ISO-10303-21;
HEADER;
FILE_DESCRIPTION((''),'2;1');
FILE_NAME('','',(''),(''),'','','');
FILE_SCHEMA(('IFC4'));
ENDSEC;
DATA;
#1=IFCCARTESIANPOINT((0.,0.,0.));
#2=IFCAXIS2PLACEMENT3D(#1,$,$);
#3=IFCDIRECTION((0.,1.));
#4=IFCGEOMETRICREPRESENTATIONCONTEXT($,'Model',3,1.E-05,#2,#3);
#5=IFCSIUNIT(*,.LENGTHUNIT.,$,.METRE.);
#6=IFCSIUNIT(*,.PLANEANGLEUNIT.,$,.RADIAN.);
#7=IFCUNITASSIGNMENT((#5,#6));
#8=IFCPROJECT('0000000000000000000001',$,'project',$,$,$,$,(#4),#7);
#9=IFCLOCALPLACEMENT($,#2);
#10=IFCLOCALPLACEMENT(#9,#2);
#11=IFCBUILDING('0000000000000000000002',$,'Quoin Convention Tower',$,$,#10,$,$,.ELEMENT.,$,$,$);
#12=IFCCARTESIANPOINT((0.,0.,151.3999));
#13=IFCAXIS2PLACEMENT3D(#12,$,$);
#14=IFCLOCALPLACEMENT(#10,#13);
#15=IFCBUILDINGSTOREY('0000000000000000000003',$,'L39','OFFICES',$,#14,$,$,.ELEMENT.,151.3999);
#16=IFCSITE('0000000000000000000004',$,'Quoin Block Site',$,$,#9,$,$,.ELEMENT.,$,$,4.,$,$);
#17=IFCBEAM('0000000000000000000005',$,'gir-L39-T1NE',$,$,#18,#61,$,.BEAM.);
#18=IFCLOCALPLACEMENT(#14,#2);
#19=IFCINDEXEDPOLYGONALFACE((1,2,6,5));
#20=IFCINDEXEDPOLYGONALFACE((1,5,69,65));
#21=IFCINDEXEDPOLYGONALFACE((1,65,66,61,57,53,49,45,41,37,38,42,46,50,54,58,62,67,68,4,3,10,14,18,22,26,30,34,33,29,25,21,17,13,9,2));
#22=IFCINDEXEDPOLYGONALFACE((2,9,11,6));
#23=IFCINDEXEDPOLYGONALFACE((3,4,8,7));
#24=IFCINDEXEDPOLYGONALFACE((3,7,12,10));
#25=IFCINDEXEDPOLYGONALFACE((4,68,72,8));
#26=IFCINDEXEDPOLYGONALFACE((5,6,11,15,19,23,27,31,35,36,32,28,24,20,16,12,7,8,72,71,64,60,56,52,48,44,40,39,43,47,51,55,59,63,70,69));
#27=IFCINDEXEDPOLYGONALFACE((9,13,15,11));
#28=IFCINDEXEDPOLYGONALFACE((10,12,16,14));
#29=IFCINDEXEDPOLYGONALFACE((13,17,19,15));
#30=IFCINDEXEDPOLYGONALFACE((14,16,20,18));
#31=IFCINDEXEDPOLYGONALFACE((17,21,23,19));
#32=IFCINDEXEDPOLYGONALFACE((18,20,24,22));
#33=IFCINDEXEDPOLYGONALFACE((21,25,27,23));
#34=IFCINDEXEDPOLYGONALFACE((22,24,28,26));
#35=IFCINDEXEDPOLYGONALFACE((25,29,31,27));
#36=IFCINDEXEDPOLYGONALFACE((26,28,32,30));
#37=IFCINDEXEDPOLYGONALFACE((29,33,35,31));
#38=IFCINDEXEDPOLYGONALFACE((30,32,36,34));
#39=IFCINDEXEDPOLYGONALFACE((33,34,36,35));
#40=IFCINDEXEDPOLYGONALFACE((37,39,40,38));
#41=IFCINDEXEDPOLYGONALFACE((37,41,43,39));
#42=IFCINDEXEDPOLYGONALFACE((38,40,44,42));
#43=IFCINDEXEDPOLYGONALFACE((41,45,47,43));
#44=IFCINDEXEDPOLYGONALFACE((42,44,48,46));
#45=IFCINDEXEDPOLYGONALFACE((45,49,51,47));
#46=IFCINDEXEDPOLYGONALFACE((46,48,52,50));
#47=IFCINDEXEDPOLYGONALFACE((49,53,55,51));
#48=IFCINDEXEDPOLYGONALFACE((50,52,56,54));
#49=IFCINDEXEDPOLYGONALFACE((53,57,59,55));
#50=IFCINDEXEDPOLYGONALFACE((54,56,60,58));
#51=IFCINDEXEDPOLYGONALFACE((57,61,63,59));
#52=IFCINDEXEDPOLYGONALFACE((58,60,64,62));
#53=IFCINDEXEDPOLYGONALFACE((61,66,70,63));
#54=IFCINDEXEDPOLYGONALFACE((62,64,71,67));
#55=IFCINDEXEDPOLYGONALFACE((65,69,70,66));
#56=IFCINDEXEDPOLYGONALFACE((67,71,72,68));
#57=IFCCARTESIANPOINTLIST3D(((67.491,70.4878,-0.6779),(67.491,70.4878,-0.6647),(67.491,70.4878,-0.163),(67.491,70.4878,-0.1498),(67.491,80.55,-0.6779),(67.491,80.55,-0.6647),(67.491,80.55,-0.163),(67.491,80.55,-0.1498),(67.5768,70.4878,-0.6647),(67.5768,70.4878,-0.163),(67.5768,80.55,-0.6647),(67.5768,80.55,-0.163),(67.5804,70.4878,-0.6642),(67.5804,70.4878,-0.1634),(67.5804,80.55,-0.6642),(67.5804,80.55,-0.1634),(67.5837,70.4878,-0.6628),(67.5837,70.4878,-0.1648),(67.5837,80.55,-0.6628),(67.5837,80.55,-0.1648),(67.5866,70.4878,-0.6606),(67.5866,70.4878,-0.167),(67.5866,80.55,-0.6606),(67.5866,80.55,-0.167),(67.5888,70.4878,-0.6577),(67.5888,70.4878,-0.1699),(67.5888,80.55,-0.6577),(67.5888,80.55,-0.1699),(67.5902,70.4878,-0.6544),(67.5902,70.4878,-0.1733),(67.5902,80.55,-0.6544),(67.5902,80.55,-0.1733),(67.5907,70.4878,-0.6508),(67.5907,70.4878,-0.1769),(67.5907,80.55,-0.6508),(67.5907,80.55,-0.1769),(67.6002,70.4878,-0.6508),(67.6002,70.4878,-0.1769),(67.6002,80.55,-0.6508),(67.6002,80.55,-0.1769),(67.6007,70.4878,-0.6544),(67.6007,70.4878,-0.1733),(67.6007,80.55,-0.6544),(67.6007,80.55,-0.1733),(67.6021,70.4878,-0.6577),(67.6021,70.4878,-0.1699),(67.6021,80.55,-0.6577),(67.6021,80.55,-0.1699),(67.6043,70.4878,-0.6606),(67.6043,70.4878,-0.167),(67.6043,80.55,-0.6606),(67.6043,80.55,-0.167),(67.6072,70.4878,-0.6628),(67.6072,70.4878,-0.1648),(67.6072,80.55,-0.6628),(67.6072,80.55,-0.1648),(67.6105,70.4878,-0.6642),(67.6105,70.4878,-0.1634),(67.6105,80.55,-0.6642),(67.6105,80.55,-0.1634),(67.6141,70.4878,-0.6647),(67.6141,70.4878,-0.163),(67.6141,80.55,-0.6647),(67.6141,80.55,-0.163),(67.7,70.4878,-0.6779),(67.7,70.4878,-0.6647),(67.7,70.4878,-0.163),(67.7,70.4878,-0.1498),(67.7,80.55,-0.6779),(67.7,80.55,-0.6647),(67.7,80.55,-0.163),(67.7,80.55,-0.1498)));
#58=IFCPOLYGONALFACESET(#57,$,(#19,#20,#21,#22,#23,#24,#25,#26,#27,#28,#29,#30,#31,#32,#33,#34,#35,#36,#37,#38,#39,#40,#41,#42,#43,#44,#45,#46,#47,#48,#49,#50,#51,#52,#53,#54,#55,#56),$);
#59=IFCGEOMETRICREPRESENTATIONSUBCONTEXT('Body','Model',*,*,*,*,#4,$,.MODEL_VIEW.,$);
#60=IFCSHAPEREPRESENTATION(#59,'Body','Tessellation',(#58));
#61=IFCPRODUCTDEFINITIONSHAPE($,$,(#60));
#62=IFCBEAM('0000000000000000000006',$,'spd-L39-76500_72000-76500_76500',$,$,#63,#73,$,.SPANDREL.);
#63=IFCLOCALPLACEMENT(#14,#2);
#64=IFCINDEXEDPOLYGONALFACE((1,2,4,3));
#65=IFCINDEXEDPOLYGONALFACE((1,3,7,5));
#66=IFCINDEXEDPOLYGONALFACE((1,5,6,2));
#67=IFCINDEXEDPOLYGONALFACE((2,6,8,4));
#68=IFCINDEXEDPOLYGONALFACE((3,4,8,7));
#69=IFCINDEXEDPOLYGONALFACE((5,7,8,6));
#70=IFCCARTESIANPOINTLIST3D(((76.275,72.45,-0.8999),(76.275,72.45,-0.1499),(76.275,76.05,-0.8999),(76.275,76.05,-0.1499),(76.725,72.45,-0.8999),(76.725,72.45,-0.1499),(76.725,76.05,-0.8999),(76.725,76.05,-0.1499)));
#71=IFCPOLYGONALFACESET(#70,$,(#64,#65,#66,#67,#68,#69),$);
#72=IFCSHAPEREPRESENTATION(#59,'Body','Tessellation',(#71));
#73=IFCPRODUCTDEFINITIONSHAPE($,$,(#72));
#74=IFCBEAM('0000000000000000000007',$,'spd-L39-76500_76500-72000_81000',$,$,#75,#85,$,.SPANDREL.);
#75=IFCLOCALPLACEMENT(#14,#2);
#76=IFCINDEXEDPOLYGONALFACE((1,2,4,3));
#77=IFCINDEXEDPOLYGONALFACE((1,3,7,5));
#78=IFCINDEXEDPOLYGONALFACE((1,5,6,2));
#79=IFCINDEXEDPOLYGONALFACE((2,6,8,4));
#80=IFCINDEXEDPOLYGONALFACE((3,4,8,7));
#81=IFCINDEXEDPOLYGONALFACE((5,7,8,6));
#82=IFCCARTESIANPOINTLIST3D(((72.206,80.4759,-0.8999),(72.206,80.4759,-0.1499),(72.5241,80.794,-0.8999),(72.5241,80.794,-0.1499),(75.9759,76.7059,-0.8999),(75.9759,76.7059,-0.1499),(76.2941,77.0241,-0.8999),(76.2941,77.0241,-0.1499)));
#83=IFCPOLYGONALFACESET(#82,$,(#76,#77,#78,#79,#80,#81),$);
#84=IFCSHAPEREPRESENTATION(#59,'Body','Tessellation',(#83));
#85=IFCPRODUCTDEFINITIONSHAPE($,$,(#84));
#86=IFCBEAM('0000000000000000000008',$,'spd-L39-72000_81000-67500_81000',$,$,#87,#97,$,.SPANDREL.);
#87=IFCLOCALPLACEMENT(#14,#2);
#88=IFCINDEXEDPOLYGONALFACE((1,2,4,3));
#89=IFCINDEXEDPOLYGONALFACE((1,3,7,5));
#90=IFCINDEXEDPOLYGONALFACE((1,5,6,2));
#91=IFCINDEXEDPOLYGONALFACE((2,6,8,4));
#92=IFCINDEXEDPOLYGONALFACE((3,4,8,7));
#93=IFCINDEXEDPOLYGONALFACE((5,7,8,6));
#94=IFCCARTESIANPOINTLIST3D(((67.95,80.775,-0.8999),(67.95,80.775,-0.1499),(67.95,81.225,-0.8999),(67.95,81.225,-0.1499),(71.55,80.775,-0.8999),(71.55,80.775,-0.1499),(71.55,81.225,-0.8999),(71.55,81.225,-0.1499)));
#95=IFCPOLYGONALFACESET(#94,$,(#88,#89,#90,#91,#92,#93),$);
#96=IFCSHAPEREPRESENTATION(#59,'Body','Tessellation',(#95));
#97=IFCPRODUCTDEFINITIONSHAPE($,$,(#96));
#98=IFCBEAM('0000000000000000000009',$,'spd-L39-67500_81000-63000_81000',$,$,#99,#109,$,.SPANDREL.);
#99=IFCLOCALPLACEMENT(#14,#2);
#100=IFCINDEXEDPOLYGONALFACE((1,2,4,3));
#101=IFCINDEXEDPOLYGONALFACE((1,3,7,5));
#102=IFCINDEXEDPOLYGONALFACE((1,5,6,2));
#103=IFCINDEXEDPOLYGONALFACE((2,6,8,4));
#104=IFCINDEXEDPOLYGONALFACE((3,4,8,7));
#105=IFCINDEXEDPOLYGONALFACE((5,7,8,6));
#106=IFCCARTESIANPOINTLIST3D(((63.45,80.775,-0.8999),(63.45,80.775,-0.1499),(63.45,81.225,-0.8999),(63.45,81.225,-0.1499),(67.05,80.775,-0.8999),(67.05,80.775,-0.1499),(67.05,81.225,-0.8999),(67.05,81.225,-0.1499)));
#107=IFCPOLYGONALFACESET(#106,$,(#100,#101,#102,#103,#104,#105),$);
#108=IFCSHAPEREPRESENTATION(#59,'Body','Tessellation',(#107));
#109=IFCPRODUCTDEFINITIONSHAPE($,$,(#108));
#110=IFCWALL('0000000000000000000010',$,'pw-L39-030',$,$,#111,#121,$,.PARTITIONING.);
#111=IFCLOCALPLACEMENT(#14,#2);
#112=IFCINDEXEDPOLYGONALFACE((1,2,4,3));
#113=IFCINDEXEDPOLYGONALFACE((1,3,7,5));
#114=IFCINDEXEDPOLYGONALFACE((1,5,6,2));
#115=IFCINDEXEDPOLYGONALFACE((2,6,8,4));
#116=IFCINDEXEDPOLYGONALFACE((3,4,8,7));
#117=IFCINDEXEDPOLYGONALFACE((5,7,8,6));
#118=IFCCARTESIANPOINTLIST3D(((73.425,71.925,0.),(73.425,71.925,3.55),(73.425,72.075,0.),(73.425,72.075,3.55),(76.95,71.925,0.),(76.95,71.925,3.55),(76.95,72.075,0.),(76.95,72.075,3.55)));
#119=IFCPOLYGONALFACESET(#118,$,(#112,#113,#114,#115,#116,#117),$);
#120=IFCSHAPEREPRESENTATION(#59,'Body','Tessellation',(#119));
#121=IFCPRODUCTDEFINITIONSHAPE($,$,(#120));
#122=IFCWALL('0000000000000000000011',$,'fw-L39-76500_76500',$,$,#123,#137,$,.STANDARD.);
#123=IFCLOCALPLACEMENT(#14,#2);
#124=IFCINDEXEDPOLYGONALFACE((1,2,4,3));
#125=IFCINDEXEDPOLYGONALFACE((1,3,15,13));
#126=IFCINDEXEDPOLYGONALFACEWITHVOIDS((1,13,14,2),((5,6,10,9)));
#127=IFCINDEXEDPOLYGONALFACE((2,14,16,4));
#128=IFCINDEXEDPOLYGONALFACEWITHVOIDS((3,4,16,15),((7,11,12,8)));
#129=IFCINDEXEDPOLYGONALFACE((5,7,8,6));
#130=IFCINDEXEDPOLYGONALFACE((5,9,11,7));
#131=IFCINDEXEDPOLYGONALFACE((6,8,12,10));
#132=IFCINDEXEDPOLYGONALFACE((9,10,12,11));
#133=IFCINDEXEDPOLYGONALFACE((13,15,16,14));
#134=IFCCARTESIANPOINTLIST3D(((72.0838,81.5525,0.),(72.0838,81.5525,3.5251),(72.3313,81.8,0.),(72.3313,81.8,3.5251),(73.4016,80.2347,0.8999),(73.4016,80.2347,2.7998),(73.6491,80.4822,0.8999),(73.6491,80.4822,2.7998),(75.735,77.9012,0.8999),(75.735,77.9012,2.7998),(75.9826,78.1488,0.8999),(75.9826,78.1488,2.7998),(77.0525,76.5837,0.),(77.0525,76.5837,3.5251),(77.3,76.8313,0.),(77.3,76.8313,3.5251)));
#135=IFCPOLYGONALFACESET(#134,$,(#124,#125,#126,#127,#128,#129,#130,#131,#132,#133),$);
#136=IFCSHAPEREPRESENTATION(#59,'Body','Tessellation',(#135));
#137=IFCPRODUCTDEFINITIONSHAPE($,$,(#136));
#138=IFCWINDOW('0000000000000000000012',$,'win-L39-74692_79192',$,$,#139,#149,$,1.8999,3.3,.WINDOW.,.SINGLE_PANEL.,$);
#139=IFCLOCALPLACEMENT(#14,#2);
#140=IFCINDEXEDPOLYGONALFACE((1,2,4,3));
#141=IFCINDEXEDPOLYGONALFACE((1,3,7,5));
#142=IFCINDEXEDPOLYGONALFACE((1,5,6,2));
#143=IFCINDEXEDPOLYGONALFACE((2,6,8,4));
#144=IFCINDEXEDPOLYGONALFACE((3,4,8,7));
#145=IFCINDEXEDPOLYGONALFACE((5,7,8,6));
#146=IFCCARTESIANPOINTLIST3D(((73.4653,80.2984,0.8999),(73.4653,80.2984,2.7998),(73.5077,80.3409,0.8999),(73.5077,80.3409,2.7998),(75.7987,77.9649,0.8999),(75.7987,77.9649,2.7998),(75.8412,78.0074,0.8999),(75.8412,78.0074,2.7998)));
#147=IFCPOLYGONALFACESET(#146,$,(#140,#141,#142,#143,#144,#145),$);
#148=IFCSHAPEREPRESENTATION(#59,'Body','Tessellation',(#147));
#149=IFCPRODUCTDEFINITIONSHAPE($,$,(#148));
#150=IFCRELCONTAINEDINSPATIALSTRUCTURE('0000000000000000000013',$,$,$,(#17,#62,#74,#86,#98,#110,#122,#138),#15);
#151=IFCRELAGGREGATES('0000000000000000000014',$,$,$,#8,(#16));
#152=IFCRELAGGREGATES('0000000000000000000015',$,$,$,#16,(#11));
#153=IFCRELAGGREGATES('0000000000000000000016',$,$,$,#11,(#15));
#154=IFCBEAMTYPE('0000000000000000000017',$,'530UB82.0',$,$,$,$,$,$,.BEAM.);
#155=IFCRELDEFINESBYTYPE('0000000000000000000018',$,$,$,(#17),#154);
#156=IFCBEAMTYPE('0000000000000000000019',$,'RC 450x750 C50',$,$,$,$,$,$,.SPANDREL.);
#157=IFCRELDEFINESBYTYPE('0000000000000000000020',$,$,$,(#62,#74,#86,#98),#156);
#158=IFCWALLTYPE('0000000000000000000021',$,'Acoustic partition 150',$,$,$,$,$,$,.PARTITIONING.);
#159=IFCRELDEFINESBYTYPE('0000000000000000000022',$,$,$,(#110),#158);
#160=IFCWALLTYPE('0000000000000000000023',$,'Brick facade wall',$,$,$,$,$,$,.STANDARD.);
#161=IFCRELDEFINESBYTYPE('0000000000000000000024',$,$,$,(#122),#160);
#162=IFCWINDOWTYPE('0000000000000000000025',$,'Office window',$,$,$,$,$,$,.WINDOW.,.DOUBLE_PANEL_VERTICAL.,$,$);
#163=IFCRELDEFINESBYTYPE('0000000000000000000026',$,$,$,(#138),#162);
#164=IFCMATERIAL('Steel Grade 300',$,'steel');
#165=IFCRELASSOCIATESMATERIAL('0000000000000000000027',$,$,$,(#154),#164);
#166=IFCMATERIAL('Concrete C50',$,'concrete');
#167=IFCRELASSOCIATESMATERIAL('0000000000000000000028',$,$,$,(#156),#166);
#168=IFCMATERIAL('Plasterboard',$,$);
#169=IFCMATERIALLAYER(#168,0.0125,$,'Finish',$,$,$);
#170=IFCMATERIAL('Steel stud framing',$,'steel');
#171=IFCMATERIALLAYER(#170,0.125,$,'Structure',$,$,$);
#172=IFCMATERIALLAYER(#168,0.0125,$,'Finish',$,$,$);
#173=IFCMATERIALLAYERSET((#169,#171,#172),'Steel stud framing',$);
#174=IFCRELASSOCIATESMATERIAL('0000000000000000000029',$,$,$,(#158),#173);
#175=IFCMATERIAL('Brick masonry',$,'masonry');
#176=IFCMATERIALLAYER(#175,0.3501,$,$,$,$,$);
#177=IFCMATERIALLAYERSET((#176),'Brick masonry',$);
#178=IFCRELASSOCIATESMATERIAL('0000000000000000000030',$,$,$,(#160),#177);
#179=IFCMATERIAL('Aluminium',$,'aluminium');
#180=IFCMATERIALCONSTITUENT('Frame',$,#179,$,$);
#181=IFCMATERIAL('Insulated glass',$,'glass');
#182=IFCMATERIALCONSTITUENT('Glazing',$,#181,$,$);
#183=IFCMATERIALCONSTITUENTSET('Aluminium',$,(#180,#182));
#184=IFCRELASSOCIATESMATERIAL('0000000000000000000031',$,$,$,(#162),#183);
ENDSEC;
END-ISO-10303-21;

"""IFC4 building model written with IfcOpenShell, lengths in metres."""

from ifc_helpers import new_model, si_unit, direction, frame, frame_2d, origin, origin_2d, place, context, subcontext, project, spatial, rectangle, i_section, extrude, material, layer, layer_set, constituent, constituent_set, material_profile, profile_set, type_object, element, fill, save


model = new_model("IFC4")

# Units and contexts
model_context = context("Model", 3, precision=1e-05, world=origin(), true_north=direction((0.0, 1.0)))
body_context = subcontext(model_context, "Body", "Model", "MODEL_VIEW")
ifc_project = project(units=[si_unit("LENGTHUNIT", "METRE"), si_unit("PLANEANGLEUNIT", "RADIAN")], contexts=[model_context])

# Site, building, storey
site_placement = place(None, origin())
site = spatial("IfcSite", under=ifc_project, at=site_placement, Name="Quoin Block Site", CompositionType="ELEMENT", RefElevation=4.0)
building_placement = place(site_placement, origin())
building = spatial("IfcBuilding", under=site, at=building_placement, Name="Quoin Convention Tower", CompositionType="ELEMENT")
storey_placement = place(building_placement, frame((0.0, 0.0, 151.3999)))
storey = spatial("IfcBuildingStorey", under=building, at=storey_placement, Name="L39", Description="OFFICES", CompositionType="ELEMENT", Elevation=151.3999)

# Shared definitions
ifc_material_1 = material(Name="Concrete C50", Category="concrete")

# Beams
ifc_material_2 = material(Name="Steel Grade 300", Category="steel")
ifc_material_profile_1 = material_profile(ifc_material_2, i_section(OverallWidth=0.209, OverallDepth=0.5281, WebThickness=0.0095, FlangeThickness=0.0132, FilletRadius=0.0139, at=origin_2d()), Name="530UB82.0")
ifc_profile_set_1 = profile_set([ifc_material_profile_1], Name="Steel Grade 300")
beam_type_1 = type_object("IfcBeamType", Name="530UB82.0", PredefinedType="BEAM", material=ifc_profile_set_1)
beam_1_placement = place(storey_placement, frame((67.5955, 80.55, -0.4138), z_axis=(0.0, -1.0, 0.0), x_axis=(1.0, 0.0, 0.0)))
element("IfcBeam", 1, at=beam_1_placement, inside=storey, type_object=beam_type_1, Name="gir-L39-T1NE", PredefinedType="BEAM", context=body_context, shape_type="SweptSolid", body=[
    extrude(i_section(OverallWidth=0.209, OverallDepth=0.5281, WebThickness=0.0095, FlangeThickness=0.0132, FilletRadius=0.0139, at=origin_2d()), origin(), (0.0, 0.0, 1.0), 10.0623),
])
ifc_material_profile_2 = material_profile(ifc_material_1, rectangle(XDim=0.45, YDim=0.75, at=origin_2d()), Name="RC 450x750")
ifc_profile_set_2 = profile_set([ifc_material_profile_2], Name="Concrete C50")
beam_type_2 = type_object("IfcBeamType", Name="RC 450x750 C50", PredefinedType="SPANDREL", material=ifc_profile_set_2)
beam_2_placement = place(storey_placement, frame((76.5, 72.45, -0.5249), z_axis=(0.0, 1.0, 0.0), x_axis=(-1.0, 0.0, 0.0)))
element("IfcBeam", 2, at=beam_2_placement, inside=storey, type_object=beam_type_2, Name="spd-L39-76500_72000-76500_76500", PredefinedType="SPANDREL", context=body_context, shape_type="SweptSolid", body=[
    extrude(rectangle(XDim=0.45, YDim=0.75, at=origin_2d()), origin(), (0.0, 0.0, 1.0), 3.6001),
])
beam_3_placement = place(storey_placement, frame((76.135, 76.865, -0.5249), z_axis=(-0.707107, 0.707107, 0.0), x_axis=(-0.707107, -0.707107, 0.0)))
element("IfcBeam", 3, at=beam_3_placement, inside=storey, type_object=beam_type_2, Name="spd-L39-76500_76500-72000_81000", PredefinedType="SPANDREL", context=body_context, shape_type="SweptSolid", body=[
    extrude(rectangle(XDim=0.45, YDim=0.75, at=origin_2d()), origin(), (0.0, 0.0, 1.0), 5.3315),
])
for number, where, z_axis, x_axis, name in (
    (4, (71.55, 81.0, -0.5249), (-1.0, 0.0, 0.0), (0.0, -1.0, 0.0), "spd-L39-72000_81000-67500_81000"),
    (5, (67.05, 81.0, -0.5249), (-1.0, 0.0, 0.0), (0.0, -1.0, 0.0), "spd-L39-67500_81000-63000_81000"),
):
    element("IfcBeam", number, at=place(storey_placement, frame(where, z_axis=z_axis, x_axis=x_axis)), inside=storey, type_object=beam_type_2, Name=name, PredefinedType="SPANDREL", context=body_context, shape_type="SweptSolid", body=[
        extrude(rectangle(XDim=0.45, YDim=0.75, at=origin_2d()), origin(), (0.0, 0.0, 1.0), 3.6001),
    ])

# Wall
ifc_material_3 = material(Name="Plasterboard")
ifc_layer_1 = layer(ifc_material_3, 0.0125, Name="Finish")
ifc_material_4 = material(Name="Steel stud framing", Category="steel")
ifc_layer_2 = layer(ifc_material_4, 0.125, Name="Structure")
ifc_layer_3 = layer(ifc_material_3, 0.0125, Name="Finish")
ifc_layer_set_1 = layer_set([ifc_layer_1, ifc_layer_2, ifc_layer_3], Name="Steel stud framing")
wall_type_1 = type_object("IfcWallType", Name="Acoustic partition 150", PredefinedType="PARTITIONING", material=ifc_layer_set_1)
wall_1_placement = place(storey_placement, frame((73.425, 72.0, 0.0), z_axis=(0.0, 0.0, 1.0), x_axis=(1.0, 0.0, 0.0)))
element("IfcWall", 6, at=wall_1_placement, inside=storey, type_object=wall_type_1, Name="pw-L39-030", PredefinedType="PARTITIONING", context=body_context, shape_type="SweptSolid", body=[
    extrude(rectangle(XDim=3.5249, YDim=0.1499, at=frame_2d((1.7625, 0.0))), origin(), (0.0, 0.0, 1.0), 3.55),
])

# Wall, opening, window
ifc_material_5 = material(Name="Brick masonry", Category="masonry")
ifc_layer_4 = layer(ifc_material_5, 0.3501)
ifc_layer_set_2 = layer_set([ifc_layer_4], Name="Brick masonry")
wall_type_2 = type_object("IfcWallType", Name="Brick facade wall", PredefinedType="STANDARD", material=ifc_layer_set_2)
wall_2_placement = place(storey_placement, frame((77.1763, 76.7075, 0.0), z_axis=(0.0, 0.0, 1.0), x_axis=(-0.707107, 0.707107, 0.0)))
wall_2 = element("IfcWall", 7, at=wall_2_placement, inside=storey, type_object=wall_type_2, Name="fw-L39-76500_76500", PredefinedType="STANDARD", context=body_context, shape_type="SweptSolid", body=[
    extrude(rectangle(XDim=7.0269, YDim=0.3501, at=frame_2d((3.5134, 0.0))), origin(), (0.0, 0.0, 1.0), 3.5251),
])
opening_1_placement = place(wall_2_placement, frame((1.8633, 0.0, 0.8999)))
opening_1 = element("IfcOpeningElement", 8, at=opening_1_placement, cuts=wall_2, PredefinedType="OPENING", context=body_context, shape_type="SweptSolid", body=[
    extrude(rectangle(XDim=3.3, YDim=1.8999, at=frame_2d((1.6499, 0.95))), frame((0.0, 0.1851, 0.0), z_axis=(0.0, -1.0, 0.0), x_axis=(1.0, 0.0, 0.0)), (0.0, 0.0, 1.0), 0.3701),
])
ifc_material_6 = material(Name="Aluminium", Category="aluminium")
ifc_constituent_1 = constituent(ifc_material_6, Name="Frame")
ifc_material_7 = material(Name="Insulated glass", Category="glass")
ifc_constituent_2 = constituent(ifc_material_7, Name="Glazing")
ifc_constituent_set = constituent_set(constituents=[ifc_constituent_1, ifc_constituent_2], Name="Aluminium")
window_type = type_object("IfcWindowType", Name="Office window", PartitioningType="DOUBLE_PANEL_VERTICAL", PredefinedType="WINDOW", material=ifc_constituent_set)
window_1_placement = place(opening_1_placement, origin())
window_1 = element("IfcWindow", 9, at=window_1_placement, inside=storey, type_object=window_type, Name="win-L39-74692_79192", OverallHeight=1.8999, OverallWidth=3.3, PartitioningType="SINGLE_PANEL", PredefinedType="WINDOW", context=body_context, shape_type="SweptSolid", body=[
    extrude(rectangle(XDim=3.3, YDim=1.8999, at=frame_2d((1.6499, 0.95))), frame((0.0, 0.085, 0.0), z_axis=(0.0, -1.0, 0.0), x_axis=(1.0, 0.0, 0.0)), (0.0, 0.0, 1.0), 0.0601),
])
fill(opening_1, window_1)

save(model, "model.ifc")
